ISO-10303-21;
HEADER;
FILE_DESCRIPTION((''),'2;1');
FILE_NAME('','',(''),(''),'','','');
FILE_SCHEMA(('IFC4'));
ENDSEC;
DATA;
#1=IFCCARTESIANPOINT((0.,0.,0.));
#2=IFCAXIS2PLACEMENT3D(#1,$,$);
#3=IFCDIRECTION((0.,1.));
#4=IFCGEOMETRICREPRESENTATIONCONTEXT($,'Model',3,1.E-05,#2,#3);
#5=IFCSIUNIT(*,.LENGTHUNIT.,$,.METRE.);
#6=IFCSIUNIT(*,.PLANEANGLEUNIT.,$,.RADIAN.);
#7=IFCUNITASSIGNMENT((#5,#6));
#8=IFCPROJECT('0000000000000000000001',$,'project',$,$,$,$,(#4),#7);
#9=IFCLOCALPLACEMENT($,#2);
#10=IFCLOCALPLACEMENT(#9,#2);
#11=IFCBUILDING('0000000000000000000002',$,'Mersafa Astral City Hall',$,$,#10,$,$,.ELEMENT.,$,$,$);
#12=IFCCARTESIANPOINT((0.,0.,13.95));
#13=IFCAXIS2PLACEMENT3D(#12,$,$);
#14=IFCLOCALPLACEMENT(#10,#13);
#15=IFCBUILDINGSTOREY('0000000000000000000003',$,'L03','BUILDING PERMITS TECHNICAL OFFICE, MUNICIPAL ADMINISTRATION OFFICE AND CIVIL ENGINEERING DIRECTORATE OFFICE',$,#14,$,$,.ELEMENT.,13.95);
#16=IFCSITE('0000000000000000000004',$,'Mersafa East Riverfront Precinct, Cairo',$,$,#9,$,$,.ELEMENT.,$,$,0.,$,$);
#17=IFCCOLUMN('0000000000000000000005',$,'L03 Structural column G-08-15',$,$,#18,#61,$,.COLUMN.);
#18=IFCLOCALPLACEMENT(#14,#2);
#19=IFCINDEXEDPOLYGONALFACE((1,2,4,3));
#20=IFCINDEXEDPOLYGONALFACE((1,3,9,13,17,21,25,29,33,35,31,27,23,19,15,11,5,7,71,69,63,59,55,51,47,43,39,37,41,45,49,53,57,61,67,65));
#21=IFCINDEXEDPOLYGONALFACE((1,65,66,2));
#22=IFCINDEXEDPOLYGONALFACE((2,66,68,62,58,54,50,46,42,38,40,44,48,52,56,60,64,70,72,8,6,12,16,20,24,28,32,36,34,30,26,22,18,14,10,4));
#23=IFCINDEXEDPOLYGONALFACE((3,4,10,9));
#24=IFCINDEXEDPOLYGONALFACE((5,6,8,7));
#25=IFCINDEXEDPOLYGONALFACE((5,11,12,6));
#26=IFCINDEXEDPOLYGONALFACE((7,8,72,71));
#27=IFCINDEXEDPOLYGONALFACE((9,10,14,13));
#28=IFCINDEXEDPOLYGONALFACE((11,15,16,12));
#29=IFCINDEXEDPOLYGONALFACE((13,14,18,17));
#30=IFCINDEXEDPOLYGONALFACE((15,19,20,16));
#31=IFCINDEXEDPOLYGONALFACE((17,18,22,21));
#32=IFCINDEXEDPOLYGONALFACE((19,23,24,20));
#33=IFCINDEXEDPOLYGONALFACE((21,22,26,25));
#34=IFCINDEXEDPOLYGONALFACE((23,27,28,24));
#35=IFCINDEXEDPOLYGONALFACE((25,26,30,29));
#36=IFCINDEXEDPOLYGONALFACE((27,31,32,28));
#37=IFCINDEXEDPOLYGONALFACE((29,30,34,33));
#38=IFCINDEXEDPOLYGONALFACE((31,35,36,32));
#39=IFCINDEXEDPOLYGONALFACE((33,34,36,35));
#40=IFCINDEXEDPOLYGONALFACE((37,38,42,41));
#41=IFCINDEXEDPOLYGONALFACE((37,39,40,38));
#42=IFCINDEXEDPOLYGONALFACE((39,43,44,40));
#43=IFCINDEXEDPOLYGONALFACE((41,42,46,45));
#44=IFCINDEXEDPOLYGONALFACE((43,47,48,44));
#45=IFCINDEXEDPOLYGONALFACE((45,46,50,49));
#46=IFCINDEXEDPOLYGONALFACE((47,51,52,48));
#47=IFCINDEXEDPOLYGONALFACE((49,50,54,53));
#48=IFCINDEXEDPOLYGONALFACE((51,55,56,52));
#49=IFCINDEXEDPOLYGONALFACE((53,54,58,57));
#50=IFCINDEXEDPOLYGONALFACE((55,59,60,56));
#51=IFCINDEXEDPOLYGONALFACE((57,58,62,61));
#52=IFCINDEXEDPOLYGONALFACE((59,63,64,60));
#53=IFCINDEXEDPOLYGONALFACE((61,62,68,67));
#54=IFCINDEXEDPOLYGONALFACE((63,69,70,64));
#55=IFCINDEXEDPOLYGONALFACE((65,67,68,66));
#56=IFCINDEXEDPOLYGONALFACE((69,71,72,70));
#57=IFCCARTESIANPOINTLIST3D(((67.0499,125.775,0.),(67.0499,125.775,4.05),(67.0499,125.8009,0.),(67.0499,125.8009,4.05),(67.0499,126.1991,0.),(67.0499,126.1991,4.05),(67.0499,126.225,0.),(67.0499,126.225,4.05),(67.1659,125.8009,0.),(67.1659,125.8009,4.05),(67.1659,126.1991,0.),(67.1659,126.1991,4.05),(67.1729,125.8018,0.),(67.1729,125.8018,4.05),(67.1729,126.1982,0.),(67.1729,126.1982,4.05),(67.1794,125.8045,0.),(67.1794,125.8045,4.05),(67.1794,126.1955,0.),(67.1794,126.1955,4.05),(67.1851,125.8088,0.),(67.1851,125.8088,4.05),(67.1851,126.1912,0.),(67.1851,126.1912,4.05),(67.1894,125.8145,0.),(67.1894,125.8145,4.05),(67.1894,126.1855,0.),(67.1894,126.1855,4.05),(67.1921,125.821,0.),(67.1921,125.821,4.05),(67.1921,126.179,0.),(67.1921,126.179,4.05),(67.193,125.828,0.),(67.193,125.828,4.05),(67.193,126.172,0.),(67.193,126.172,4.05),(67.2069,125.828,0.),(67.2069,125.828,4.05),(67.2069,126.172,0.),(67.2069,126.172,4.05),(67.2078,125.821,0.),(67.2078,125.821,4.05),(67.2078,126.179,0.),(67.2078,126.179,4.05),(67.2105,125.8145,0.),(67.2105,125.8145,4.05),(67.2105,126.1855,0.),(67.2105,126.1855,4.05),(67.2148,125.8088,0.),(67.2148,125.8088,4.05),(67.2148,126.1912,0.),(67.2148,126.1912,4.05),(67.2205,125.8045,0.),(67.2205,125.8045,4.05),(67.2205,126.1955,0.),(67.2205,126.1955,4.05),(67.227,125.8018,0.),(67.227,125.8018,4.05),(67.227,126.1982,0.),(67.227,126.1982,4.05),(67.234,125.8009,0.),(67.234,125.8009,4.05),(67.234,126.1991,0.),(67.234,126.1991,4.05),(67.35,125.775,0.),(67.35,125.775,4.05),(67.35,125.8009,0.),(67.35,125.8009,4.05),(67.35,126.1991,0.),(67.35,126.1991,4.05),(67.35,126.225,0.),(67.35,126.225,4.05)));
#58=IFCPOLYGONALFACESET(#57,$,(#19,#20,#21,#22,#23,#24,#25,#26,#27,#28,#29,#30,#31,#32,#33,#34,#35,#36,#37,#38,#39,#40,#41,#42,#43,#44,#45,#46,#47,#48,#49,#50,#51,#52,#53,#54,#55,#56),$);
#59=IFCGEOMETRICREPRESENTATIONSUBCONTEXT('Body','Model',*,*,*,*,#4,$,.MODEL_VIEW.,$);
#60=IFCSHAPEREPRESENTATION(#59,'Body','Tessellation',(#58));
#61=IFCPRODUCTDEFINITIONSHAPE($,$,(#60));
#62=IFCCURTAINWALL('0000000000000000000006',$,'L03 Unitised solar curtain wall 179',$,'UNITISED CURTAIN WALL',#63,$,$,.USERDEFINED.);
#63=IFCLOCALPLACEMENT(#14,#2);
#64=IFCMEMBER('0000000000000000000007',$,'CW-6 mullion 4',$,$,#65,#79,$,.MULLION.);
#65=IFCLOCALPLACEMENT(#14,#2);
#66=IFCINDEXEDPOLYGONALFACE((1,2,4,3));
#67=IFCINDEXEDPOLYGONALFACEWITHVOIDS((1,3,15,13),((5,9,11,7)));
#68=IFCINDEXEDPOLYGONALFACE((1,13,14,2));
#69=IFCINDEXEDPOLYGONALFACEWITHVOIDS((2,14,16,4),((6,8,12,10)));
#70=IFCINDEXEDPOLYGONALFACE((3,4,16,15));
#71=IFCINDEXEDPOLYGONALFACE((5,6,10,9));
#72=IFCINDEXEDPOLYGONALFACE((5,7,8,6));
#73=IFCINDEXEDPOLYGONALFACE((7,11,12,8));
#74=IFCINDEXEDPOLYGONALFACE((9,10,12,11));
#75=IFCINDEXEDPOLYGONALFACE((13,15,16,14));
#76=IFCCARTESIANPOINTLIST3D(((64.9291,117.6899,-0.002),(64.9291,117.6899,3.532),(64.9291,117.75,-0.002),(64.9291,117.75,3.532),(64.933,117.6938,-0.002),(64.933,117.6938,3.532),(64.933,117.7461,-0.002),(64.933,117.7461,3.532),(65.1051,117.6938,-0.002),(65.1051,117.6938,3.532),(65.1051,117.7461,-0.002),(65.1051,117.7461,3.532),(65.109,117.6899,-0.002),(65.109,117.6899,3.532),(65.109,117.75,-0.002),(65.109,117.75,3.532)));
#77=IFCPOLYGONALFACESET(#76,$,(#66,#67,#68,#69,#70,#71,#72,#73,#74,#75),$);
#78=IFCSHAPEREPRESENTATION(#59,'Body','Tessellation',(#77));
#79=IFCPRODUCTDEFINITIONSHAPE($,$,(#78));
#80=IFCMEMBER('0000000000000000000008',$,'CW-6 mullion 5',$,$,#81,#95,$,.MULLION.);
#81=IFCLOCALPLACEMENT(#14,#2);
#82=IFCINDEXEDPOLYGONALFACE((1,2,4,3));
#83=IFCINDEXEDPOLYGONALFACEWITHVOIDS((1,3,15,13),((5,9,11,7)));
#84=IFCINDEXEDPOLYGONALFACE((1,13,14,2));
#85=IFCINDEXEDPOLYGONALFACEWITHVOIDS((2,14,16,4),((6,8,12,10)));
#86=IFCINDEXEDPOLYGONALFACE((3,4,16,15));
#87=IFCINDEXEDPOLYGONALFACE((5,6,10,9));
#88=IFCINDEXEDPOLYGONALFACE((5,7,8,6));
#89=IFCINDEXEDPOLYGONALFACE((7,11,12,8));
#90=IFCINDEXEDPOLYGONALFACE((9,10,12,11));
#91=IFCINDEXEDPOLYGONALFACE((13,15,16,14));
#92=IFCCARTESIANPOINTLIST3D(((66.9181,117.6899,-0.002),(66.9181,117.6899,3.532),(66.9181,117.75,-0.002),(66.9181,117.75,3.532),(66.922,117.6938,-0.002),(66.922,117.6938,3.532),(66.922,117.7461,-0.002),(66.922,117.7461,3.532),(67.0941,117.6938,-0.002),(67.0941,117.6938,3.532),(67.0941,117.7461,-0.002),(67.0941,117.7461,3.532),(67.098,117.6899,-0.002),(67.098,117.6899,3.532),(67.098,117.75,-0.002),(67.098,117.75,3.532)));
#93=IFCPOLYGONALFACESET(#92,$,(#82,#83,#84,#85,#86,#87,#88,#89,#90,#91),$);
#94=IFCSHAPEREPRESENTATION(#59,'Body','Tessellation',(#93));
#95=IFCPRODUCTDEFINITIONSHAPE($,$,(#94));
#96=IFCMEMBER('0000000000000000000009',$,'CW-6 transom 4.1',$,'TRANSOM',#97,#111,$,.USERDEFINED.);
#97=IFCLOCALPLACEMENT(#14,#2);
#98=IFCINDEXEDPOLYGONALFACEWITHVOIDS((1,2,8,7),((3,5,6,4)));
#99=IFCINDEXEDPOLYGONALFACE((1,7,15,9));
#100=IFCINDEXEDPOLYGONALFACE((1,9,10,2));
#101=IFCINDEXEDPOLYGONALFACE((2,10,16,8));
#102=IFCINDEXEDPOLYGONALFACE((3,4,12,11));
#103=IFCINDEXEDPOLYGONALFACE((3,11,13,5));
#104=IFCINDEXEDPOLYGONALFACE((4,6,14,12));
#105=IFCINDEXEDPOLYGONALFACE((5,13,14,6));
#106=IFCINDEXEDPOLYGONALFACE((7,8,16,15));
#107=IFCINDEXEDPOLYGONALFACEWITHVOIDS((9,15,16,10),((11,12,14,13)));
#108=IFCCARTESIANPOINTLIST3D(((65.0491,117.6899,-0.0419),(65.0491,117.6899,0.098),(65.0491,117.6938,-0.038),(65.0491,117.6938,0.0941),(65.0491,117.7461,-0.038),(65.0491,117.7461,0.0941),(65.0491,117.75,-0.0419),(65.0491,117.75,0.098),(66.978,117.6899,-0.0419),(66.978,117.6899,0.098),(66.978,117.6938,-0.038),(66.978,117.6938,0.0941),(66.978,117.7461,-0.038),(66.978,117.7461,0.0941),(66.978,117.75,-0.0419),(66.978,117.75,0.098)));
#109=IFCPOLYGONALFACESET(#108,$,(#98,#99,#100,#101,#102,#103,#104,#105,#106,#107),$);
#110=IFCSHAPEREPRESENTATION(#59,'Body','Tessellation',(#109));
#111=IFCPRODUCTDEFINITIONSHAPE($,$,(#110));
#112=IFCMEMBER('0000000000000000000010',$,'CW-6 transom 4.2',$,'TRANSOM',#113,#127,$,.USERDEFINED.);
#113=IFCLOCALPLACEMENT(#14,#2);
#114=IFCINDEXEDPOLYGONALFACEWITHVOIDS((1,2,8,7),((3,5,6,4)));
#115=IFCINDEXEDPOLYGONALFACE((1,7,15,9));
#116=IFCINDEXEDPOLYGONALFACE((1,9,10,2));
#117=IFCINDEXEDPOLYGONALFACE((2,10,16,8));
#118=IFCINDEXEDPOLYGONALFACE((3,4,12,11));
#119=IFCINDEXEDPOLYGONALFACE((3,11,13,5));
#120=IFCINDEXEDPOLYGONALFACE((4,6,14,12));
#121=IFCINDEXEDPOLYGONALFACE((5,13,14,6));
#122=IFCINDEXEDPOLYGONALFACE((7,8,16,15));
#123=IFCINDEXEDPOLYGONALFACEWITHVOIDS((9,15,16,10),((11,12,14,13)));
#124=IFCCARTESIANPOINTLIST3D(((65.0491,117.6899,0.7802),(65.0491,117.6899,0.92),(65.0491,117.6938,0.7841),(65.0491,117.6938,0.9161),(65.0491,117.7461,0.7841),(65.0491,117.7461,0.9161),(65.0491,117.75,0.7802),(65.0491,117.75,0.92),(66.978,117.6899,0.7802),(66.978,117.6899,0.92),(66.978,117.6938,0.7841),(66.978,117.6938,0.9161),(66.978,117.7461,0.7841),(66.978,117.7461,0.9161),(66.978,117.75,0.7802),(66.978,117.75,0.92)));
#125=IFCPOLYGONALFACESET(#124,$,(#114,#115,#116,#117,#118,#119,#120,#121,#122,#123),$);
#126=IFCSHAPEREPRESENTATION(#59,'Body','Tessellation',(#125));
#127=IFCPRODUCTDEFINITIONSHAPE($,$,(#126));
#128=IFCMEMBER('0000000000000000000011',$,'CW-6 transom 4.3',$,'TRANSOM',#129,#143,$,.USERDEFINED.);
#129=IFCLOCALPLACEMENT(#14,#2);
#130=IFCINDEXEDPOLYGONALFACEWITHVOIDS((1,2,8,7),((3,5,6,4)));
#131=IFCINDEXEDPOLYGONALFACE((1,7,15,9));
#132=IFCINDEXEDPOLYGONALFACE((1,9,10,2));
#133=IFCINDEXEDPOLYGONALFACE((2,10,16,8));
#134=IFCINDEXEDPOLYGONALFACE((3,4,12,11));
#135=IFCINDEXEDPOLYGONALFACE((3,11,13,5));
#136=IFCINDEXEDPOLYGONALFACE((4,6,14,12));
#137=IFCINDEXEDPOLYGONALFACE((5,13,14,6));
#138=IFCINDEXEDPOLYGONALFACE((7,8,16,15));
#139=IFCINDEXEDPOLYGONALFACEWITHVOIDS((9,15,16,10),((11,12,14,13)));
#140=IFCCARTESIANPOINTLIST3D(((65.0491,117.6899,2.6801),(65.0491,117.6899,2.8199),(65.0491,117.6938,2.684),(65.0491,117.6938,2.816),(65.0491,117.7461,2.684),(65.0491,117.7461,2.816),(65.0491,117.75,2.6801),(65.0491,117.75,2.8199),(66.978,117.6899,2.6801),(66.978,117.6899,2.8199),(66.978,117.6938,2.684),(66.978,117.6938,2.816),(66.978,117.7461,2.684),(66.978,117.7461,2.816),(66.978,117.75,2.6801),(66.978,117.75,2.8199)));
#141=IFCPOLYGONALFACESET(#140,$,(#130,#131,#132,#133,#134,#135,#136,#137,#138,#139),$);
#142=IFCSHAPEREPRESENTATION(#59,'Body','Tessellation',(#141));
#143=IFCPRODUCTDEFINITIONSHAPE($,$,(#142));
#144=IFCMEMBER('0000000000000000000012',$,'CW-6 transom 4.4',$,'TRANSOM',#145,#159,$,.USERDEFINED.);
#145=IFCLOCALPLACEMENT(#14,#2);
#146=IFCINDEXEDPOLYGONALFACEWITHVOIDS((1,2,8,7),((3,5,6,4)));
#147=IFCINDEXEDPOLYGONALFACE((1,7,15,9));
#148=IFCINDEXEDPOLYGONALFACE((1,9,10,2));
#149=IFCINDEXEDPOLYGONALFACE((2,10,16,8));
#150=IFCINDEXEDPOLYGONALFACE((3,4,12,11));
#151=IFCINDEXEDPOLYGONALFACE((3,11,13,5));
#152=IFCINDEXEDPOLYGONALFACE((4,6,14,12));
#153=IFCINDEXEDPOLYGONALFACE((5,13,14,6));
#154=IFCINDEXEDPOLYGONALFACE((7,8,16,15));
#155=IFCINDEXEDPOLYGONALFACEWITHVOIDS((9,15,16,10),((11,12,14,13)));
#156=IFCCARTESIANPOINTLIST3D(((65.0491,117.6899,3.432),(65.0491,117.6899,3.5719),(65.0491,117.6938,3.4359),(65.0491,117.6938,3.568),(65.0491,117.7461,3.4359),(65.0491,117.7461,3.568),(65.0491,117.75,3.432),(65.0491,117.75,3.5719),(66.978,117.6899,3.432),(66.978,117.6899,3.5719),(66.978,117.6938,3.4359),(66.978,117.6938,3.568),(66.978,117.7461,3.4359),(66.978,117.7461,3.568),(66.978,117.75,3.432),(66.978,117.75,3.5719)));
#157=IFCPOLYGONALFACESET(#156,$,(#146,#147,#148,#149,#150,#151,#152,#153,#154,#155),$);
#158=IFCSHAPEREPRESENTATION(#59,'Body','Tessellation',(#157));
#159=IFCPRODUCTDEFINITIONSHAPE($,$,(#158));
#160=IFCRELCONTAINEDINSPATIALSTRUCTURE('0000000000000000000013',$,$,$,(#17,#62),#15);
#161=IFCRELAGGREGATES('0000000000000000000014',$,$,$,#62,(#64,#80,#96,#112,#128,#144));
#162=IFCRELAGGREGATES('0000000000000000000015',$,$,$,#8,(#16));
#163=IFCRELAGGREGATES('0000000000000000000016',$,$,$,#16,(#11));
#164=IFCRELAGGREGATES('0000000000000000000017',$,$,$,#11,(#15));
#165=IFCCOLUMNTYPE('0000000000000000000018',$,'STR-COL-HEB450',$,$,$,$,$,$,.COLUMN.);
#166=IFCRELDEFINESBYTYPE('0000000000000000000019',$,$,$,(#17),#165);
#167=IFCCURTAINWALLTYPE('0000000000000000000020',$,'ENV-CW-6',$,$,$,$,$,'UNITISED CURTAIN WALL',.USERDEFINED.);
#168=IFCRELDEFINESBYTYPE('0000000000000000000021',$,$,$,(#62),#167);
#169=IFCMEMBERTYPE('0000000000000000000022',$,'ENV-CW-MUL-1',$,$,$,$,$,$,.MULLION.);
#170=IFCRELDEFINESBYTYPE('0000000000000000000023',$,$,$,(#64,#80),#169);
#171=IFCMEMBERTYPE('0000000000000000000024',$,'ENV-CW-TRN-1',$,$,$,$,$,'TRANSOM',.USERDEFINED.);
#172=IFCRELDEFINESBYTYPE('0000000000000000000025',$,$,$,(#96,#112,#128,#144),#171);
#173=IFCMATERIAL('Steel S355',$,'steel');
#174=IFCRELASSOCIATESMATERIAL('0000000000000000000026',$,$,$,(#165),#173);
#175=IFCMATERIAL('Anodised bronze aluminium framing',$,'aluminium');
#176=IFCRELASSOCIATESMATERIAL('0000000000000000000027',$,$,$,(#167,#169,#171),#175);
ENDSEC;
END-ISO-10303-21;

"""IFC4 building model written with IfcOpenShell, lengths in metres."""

from ifc_helpers import new_model, si_unit, direction, frame, origin, origin_2d, place, context, subcontext, project, spatial, hollow_rectangle, i_section, extrude, material, material_profile, profile_set, type_object, element, aggregate, save


model = new_model("IFC4")

# Units and contexts
model_context = context("Model", 3, precision=1e-05, world=origin(), true_north=direction((0.0, 1.0)))
body_context = subcontext(model_context, "Body", "Model", "MODEL_VIEW")
ifc_project = project(units=[si_unit("LENGTHUNIT", "METRE"), si_unit("PLANEANGLEUNIT", "RADIAN")], contexts=[model_context])

# Site, building, storey
site_placement = place(None, origin())
site = spatial("IfcSite", under=ifc_project, at=site_placement, Name="Mersafa East Riverfront Precinct, Cairo", CompositionType="ELEMENT", RefElevation=0.0)
building_placement = place(site_placement, origin())
building = spatial("IfcBuilding", under=site, at=building_placement, Name="Mersafa Astral City Hall", CompositionType="ELEMENT")
storey_placement = place(building_placement, frame((0.0, 0.0, 13.95)))
storey = spatial("IfcBuildingStorey", under=building, at=storey_placement, Name="L03", Description="BUILDING PERMITS TECHNICAL OFFICE, MUNICIPAL ADMINISTRATION OFFICE AND CIVIL ENGINEERING DIRECTORATE OFFICE", CompositionType="ELEMENT", Elevation=13.95)

# Column
ifc_material_1 = material(Name="Steel S355", Category="steel")
ifc_material_profile_1 = material_profile(ifc_material_1, i_section(OverallWidth=0.3, OverallDepth=0.45, WebThickness=0.0139, FlangeThickness=0.0259, FilletRadius=0.0271, at=origin_2d()), Name="HEB 450")
ifc_profile_set_1 = profile_set([ifc_material_profile_1], Name="Steel S355")
column_type = type_object("IfcColumnType", Name="STR-COL-HEB450", PredefinedType="COLUMN", material=ifc_profile_set_1)
column_placement = place(storey_placement, frame((67.2, 126.0, 0.0), z_axis=(0.0, 0.0, 1.0), x_axis=(1.0, 0.0, 0.0)))
element("IfcColumn", 1, at=column_placement, inside=storey, type_object=column_type, Name="L03 Structural column G-08-15", PredefinedType="COLUMN", context=body_context, shape_type="SweptSolid", body=[
    extrude(i_section(OverallWidth=0.3, OverallDepth=0.45, WebThickness=0.0139, FlangeThickness=0.0259, FilletRadius=0.0271, at=origin_2d()), origin(), (0.0, 0.0, 1.0), 4.05),
])

# Curtain wall, members
ifc_material_2 = material(Name="Anodised bronze aluminium framing", Category="aluminium")
curtain_wall_type = type_object("IfcCurtainWallType", Name="ENV-CW-6", ElementType="UNITISED CURTAIN WALL", PredefinedType="USERDEFINED", material=ifc_material_2)
curtain_wall_placement = place(storey_placement, origin())
curtain_wall = element("IfcCurtainWall", 2, at=curtain_wall_placement, inside=storey, type_object=curtain_wall_type, Name="L03 Unitised solar curtain wall 179", ObjectType="UNITISED CURTAIN WALL", PredefinedType="USERDEFINED")
ifc_material_profile_2 = material_profile(ifc_material_2, hollow_rectangle(XDim=0.0601, YDim=0.1799, WallThickness=0.0039, at=origin_2d()), Name="RHS 60x180x4")
ifc_profile_set_2 = profile_set([ifc_material_profile_2], Name="Anodised bronze aluminium framing")
member_type_1 = type_object("IfcMemberType", Name="ENV-CW-MUL-1", PredefinedType="MULLION", material=ifc_profile_set_2)
member_1_placement = place(storey_placement, frame((65.019, 117.72, -0.002), z_axis=(0.0, 0.0, 1.0), x_axis=(0.0, 1.0, 0.0)))
member_1 = element("IfcMember", 3, at=member_1_placement, type_object=member_type_1, Name="CW-6 mullion 4", PredefinedType="MULLION", context=body_context, shape_type="SweptSolid", body=[
    extrude(hollow_rectangle(XDim=0.0601, YDim=0.1799, WallThickness=0.0039, at=origin_2d()), origin(), (0.0, 0.0, 1.0), 3.5339),
])
member_2_placement = place(storey_placement, frame((67.0081, 117.72, -0.002), z_axis=(0.0, 0.0, 1.0), x_axis=(0.0, 1.0, 0.0)))
member_2 = element("IfcMember", 4, at=member_2_placement, type_object=member_type_1, Name="CW-6 mullion 5", PredefinedType="MULLION", context=body_context, shape_type="SweptSolid", body=[
    extrude(hollow_rectangle(XDim=0.0601, YDim=0.1799, WallThickness=0.0039, at=origin_2d()), origin(), (0.0, 0.0, 1.0), 3.5339),
])
ifc_material_profile_3 = material_profile(ifc_material_2, hollow_rectangle(XDim=0.0601, YDim=0.1399, WallThickness=0.0039, at=origin_2d()), Name="RHS 60x140x4")
ifc_profile_set_3 = profile_set([ifc_material_profile_3], Name="Anodised bronze aluminium framing")
member_type_2 = type_object("IfcMemberType", Name="ENV-CW-TRN-1", ElementType="TRANSOM", PredefinedType="USERDEFINED", material=ifc_profile_set_3)
member_3_placement = place(storey_placement, frame((65.0491, 117.72, 0.0281), z_axis=(1.0, 0.0, 0.0), x_axis=(0.0, 1.0, 0.0)))
member_3 = element("IfcMember", 5, at=member_3_placement, type_object=member_type_2, Name="CW-6 transom 4.1", ObjectType="TRANSOM", PredefinedType="USERDEFINED", context=body_context, shape_type="SweptSolid", body=[
    extrude(hollow_rectangle(XDim=0.0601, YDim=0.1399, WallThickness=0.0039, at=origin_2d()), origin(), (0.0, 0.0, 1.0), 1.929),
])
member_4_placement = place(storey_placement, frame((65.0491, 117.72, 0.8501), z_axis=(1.0, 0.0, 0.0), x_axis=(0.0, 1.0, 0.0)))
member_4 = element("IfcMember", 6, at=member_4_placement, type_object=member_type_2, Name="CW-6 transom 4.2", ObjectType="TRANSOM", PredefinedType="USERDEFINED", context=body_context, shape_type="SweptSolid", body=[
    extrude(hollow_rectangle(XDim=0.0601, YDim=0.1399, WallThickness=0.0039, at=origin_2d()), origin(), (0.0, 0.0, 1.0), 1.929),
])
member_5_placement = place(storey_placement, frame((65.0491, 117.72, 2.75), z_axis=(1.0, 0.0, 0.0), x_axis=(0.0, 1.0, 0.0)))
member_5 = element("IfcMember", 7, at=member_5_placement, type_object=member_type_2, Name="CW-6 transom 4.3", ObjectType="TRANSOM", PredefinedType="USERDEFINED", context=body_context, shape_type="SweptSolid", body=[
    extrude(hollow_rectangle(XDim=0.0601, YDim=0.1399, WallThickness=0.0039, at=origin_2d()), origin(), (0.0, 0.0, 1.0), 1.929),
])
member_6_placement = place(storey_placement, frame((65.0491, 117.72, 3.502), z_axis=(1.0, 0.0, 0.0), x_axis=(0.0, 1.0, 0.0)))
member_6 = element("IfcMember", 8, at=member_6_placement, type_object=member_type_2, Name="CW-6 transom 4.4", ObjectType="TRANSOM", PredefinedType="USERDEFINED", context=body_context, shape_type="SweptSolid", body=[
    extrude(hollow_rectangle(XDim=0.0601, YDim=0.1399, WallThickness=0.0039, at=origin_2d()), origin(), (0.0, 0.0, 1.0), 1.929),
])

aggregate(curtain_wall, [member_1, member_2, member_3, member_4, member_5, member_6])

save(model, "model.ifc")
